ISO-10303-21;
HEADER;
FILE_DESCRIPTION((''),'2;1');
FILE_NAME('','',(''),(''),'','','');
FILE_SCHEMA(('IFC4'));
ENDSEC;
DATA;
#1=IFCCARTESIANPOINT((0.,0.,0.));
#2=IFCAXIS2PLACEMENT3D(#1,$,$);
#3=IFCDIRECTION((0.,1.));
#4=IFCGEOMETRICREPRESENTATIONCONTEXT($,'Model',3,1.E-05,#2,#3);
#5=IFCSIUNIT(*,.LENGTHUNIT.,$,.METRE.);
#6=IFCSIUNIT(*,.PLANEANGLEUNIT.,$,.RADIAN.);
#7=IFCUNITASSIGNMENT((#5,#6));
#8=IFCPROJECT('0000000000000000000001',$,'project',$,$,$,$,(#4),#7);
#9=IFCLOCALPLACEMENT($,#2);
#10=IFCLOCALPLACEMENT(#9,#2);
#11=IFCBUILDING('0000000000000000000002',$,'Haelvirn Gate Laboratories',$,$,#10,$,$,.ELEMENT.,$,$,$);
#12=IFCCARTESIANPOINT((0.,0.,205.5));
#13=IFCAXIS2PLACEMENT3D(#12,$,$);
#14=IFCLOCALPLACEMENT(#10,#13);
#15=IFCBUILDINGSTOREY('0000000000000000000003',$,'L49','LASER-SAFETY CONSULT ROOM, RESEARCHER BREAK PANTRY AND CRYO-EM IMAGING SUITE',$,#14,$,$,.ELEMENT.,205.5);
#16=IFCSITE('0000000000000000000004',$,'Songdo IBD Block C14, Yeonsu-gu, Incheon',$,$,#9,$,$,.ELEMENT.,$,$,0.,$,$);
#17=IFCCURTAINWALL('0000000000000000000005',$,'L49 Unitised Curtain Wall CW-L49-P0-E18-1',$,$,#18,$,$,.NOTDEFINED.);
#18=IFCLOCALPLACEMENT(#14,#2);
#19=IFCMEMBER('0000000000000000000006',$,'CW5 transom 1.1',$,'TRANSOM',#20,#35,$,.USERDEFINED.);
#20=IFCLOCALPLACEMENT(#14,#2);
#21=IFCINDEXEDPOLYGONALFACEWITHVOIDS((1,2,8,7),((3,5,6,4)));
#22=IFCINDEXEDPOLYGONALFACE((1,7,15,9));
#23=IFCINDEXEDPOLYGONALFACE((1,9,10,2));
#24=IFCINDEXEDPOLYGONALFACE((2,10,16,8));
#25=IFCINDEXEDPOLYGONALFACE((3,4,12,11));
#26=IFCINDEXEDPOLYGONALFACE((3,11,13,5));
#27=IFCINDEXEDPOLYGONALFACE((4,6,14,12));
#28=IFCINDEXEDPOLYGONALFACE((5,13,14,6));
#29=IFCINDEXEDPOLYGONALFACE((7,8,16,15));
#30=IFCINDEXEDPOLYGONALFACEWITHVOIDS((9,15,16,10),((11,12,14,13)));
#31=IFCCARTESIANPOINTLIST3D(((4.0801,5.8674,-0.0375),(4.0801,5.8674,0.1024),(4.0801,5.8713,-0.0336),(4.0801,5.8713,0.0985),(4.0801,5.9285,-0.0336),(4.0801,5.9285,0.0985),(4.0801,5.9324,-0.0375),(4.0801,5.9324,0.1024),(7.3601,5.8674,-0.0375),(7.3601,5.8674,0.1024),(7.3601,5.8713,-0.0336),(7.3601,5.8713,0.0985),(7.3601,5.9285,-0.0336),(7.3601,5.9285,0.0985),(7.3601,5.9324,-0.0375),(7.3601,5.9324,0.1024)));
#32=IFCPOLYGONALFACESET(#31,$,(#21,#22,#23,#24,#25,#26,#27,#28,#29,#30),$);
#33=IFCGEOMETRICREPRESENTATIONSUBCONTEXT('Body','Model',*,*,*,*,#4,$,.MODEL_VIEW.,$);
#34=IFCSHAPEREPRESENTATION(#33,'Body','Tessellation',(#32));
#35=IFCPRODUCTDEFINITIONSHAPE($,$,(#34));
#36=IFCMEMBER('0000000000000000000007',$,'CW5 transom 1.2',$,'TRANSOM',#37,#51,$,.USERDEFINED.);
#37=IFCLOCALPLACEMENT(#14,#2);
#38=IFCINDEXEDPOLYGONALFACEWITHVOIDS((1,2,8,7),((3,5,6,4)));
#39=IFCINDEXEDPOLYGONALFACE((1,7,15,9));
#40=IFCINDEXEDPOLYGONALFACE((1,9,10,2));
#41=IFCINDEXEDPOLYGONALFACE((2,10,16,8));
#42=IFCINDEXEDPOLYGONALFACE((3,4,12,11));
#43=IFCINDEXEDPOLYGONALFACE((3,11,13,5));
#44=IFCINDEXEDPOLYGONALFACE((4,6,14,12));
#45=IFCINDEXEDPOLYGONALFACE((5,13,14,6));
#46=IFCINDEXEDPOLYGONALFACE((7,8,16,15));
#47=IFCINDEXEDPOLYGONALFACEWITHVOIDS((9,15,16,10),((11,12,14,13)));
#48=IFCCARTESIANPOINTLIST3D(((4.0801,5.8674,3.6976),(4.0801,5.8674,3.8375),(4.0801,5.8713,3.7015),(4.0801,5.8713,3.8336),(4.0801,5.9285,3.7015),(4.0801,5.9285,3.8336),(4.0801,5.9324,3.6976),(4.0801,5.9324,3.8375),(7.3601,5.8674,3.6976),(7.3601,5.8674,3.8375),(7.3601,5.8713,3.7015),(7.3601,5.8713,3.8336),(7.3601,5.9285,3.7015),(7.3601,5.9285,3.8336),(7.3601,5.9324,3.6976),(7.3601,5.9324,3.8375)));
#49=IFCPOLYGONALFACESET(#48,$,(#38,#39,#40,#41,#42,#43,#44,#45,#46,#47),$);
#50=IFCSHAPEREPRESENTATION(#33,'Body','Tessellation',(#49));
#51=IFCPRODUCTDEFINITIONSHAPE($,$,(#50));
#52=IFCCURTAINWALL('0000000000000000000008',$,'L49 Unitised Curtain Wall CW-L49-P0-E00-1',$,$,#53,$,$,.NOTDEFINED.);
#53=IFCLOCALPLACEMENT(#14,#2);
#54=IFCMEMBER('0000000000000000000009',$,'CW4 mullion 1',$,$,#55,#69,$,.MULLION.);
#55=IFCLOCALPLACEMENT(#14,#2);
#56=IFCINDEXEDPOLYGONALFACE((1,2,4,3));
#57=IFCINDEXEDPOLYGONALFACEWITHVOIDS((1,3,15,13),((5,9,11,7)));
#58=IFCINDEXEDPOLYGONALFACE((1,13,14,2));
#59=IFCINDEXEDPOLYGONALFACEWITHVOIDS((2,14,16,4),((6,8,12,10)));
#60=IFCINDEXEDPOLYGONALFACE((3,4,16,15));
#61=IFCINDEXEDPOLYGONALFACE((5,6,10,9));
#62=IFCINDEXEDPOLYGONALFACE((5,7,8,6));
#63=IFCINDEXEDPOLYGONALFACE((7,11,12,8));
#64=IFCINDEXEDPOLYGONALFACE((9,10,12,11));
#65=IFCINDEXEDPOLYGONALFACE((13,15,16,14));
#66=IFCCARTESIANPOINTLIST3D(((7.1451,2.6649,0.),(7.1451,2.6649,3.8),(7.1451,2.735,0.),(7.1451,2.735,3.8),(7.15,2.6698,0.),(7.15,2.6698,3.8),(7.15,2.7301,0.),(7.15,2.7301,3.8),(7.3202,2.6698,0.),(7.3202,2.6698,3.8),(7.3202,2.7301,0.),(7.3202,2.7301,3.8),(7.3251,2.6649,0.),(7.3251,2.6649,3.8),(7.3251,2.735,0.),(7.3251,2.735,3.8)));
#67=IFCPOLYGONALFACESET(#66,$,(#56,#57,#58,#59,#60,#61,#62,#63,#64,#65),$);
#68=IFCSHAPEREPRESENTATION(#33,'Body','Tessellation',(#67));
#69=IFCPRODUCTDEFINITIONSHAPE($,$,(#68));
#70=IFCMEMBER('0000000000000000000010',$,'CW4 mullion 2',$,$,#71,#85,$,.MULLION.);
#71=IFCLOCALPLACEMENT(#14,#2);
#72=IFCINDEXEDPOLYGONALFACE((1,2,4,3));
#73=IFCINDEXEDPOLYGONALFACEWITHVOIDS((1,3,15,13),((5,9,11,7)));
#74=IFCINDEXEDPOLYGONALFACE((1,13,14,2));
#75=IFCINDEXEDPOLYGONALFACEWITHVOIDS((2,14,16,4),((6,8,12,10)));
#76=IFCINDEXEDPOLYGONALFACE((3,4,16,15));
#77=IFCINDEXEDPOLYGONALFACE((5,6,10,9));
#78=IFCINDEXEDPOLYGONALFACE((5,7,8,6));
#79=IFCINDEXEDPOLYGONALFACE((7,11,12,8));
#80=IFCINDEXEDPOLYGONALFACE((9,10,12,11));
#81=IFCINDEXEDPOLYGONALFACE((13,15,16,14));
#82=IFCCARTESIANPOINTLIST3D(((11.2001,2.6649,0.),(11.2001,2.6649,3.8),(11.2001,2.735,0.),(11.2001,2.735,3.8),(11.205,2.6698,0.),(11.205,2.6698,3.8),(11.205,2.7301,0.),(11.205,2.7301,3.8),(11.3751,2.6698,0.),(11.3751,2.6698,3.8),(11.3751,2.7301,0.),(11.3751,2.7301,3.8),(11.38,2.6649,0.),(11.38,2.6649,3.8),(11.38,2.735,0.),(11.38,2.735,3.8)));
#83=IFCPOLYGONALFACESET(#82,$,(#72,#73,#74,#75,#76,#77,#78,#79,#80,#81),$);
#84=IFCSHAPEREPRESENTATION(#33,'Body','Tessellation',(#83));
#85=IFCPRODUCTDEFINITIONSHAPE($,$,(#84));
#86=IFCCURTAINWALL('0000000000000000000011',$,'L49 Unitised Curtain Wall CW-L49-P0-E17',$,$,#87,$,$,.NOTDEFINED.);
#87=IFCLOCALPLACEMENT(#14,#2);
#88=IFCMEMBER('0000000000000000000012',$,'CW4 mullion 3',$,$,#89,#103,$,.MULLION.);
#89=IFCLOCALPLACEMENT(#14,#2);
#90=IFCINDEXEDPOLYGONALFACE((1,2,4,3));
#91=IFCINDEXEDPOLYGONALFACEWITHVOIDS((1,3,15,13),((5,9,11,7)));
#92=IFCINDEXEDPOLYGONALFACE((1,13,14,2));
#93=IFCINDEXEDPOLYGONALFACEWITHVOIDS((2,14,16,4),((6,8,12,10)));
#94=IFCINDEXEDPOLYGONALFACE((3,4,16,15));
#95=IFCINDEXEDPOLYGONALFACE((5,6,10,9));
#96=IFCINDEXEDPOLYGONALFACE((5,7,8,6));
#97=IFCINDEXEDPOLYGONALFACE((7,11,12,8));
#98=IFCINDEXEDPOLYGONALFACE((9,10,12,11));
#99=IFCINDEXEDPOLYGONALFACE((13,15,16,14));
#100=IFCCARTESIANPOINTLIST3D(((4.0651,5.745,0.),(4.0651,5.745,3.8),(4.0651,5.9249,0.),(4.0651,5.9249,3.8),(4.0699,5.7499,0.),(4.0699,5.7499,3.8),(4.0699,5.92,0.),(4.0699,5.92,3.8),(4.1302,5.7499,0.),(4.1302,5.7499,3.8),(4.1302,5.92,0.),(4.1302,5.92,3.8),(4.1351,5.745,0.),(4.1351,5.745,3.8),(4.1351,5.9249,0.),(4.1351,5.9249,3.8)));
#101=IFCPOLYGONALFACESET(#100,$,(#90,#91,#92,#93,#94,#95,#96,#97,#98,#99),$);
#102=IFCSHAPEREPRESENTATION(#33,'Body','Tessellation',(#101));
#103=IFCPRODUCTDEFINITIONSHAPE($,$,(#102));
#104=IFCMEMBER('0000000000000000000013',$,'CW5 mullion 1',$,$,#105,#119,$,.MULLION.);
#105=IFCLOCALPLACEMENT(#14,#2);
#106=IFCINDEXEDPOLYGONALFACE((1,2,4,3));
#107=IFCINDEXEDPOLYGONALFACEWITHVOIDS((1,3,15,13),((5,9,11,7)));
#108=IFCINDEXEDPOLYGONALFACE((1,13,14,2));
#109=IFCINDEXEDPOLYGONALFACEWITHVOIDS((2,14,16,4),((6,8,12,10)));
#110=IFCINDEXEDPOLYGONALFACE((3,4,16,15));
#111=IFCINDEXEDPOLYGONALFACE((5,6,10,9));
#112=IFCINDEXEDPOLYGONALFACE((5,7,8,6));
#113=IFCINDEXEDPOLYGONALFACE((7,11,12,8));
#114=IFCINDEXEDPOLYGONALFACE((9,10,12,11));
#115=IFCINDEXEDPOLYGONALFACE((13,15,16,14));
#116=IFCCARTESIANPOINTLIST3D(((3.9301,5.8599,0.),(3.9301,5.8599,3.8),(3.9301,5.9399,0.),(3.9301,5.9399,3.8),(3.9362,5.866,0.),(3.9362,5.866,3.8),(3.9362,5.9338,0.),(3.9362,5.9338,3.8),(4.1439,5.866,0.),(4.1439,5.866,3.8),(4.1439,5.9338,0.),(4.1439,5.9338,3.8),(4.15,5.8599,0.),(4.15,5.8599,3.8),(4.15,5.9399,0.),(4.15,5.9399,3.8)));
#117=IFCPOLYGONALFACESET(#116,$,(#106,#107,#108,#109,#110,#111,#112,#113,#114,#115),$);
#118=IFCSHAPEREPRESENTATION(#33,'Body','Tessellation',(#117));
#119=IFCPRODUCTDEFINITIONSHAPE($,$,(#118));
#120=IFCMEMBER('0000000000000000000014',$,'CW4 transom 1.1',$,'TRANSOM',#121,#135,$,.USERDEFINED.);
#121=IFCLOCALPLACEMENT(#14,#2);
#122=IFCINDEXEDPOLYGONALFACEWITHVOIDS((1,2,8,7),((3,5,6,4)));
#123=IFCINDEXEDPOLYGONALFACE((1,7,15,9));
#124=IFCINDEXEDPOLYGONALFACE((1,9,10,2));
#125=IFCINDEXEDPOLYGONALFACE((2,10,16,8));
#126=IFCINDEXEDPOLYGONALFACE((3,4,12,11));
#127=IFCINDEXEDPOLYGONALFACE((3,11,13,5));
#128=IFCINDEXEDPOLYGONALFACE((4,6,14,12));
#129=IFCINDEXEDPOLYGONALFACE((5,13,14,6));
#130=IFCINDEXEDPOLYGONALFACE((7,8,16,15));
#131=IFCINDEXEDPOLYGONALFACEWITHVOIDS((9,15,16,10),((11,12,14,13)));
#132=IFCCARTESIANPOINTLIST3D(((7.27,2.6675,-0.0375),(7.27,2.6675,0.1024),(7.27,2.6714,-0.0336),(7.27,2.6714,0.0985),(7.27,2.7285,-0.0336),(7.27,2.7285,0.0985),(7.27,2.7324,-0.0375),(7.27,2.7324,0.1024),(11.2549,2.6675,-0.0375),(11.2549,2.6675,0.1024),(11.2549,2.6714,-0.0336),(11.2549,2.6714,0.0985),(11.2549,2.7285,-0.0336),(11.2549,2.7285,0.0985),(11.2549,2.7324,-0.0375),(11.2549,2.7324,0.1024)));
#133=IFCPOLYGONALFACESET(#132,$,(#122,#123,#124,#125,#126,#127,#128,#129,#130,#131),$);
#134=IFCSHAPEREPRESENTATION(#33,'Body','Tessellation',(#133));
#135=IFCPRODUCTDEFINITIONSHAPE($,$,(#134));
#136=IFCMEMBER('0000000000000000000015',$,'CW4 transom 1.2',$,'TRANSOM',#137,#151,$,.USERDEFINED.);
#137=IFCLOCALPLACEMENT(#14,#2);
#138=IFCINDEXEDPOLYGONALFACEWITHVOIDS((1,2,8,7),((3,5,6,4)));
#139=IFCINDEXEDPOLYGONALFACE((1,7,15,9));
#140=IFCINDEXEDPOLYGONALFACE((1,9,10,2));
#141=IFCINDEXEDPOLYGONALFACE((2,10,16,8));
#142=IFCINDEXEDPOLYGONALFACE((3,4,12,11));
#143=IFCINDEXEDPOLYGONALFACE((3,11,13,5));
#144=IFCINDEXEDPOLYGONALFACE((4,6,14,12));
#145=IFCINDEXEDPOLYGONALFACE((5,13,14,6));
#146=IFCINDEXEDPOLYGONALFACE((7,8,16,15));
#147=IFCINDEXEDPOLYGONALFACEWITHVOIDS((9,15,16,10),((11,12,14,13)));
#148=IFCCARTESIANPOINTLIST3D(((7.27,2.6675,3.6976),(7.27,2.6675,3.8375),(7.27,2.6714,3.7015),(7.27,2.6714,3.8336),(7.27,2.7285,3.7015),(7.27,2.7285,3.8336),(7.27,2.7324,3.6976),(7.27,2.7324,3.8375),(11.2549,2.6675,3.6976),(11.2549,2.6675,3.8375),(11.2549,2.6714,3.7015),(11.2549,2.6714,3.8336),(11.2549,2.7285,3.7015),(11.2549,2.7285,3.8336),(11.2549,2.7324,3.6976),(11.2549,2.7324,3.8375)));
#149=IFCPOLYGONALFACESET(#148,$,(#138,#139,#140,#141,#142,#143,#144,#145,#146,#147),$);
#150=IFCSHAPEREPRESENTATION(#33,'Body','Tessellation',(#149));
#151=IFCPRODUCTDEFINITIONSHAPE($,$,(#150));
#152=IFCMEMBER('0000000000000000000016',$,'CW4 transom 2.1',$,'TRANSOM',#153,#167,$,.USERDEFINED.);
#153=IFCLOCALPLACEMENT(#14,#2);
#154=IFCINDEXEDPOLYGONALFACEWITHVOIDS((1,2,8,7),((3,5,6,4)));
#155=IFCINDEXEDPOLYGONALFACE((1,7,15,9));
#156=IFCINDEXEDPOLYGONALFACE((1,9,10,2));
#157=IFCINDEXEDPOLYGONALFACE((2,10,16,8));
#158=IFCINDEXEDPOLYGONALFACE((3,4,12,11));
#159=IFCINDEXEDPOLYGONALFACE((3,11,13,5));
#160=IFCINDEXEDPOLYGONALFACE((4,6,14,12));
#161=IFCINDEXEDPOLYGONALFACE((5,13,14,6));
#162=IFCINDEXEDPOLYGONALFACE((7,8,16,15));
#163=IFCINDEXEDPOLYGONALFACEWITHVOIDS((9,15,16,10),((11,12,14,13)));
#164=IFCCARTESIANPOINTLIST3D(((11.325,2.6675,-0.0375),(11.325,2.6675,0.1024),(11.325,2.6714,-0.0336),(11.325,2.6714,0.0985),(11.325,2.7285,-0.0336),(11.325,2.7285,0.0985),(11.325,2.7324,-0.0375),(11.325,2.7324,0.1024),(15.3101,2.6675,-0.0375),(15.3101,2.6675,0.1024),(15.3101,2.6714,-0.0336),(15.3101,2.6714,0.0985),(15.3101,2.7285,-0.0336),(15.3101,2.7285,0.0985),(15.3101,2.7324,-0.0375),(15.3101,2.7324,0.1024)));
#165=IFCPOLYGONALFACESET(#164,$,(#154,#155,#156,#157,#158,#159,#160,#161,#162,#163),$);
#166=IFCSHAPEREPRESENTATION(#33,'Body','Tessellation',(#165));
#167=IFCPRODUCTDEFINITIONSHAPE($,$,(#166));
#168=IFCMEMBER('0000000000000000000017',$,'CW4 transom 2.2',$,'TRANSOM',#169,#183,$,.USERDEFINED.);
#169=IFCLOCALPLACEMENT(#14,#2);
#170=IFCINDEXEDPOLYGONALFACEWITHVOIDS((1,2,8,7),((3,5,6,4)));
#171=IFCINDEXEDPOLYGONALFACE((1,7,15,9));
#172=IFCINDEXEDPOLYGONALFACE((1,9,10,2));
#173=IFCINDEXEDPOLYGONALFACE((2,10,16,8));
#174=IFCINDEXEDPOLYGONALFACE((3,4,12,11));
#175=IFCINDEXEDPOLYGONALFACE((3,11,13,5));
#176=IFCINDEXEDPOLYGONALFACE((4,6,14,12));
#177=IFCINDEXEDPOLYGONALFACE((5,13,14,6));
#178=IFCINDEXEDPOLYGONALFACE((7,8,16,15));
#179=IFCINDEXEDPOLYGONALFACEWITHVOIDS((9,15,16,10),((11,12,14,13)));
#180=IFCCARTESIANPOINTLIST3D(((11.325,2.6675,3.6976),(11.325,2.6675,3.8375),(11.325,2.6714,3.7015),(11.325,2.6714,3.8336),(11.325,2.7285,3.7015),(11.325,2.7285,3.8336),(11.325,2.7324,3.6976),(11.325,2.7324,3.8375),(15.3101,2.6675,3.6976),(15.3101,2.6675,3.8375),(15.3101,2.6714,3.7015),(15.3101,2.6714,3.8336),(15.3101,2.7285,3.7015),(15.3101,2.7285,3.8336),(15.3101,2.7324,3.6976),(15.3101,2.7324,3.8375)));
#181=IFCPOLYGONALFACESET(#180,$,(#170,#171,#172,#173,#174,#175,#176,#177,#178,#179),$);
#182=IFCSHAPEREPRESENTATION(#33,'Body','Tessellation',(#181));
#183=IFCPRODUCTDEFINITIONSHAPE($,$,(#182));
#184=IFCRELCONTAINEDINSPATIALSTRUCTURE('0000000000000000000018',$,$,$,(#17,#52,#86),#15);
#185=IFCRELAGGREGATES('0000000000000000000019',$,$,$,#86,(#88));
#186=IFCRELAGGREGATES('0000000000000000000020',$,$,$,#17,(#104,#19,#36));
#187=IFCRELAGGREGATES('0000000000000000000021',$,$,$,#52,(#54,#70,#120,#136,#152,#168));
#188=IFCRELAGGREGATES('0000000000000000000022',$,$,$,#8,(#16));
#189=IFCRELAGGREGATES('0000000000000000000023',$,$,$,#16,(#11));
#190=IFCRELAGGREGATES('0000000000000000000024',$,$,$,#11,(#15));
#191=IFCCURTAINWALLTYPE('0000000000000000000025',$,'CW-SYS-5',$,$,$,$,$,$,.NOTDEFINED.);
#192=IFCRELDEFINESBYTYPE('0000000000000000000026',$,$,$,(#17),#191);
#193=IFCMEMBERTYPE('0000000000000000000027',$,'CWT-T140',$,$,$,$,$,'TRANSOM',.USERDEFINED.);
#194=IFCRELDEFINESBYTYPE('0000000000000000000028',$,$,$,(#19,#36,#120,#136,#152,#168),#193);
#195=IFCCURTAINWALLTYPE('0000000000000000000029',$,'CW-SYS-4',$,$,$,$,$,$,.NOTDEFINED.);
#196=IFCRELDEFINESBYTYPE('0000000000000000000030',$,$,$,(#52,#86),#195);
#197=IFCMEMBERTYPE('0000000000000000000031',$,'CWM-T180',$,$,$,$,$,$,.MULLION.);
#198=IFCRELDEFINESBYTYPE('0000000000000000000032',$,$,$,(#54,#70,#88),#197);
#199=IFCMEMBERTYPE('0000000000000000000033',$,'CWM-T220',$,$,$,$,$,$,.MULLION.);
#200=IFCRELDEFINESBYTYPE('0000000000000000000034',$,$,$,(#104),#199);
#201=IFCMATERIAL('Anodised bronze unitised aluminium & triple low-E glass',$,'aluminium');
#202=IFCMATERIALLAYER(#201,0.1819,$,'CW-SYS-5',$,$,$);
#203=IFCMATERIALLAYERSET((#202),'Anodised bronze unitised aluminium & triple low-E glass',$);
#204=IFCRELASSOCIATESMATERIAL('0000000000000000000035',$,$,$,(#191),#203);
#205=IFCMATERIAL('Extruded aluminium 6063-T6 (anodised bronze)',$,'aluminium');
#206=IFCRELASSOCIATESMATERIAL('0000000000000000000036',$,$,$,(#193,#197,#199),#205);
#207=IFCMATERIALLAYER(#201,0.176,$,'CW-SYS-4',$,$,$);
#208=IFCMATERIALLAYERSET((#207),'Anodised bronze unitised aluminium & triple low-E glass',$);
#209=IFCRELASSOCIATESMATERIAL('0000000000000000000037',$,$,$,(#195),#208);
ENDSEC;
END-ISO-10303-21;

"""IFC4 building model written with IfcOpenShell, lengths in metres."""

from ifc_helpers import new_model, si_unit, direction, frame, origin, origin_2d, place, context, subcontext, project, spatial, hollow_rectangle, extrude, source, transform, mapped, material, layer, layer_set, material_profile, profile_set, type_object, type_shapes, element, aggregate, save


model = new_model("IFC4")

# Units and contexts
model_context = context("Model", 3, precision=1e-05, world=origin(), true_north=direction((0.0, 1.0)))
body_context = subcontext(model_context, "Body", "Model", "MODEL_VIEW")
ifc_project = project(units=[si_unit("LENGTHUNIT", "METRE"), si_unit("PLANEANGLEUNIT", "RADIAN")], contexts=[model_context])

# Site, building, storey
site_placement = place(None, origin())
site = spatial("IfcSite", under=ifc_project, at=site_placement, Name="Songdo IBD Block C14, Yeonsu-gu, Incheon", CompositionType="ELEMENT", RefElevation=0.0)
building_placement = place(site_placement, origin())
building = spatial("IfcBuilding", under=site, at=building_placement, Name="Haelvirn Gate Laboratories", CompositionType="ELEMENT")
storey_placement = place(building_placement, frame((0.0, 0.0, 205.5)))
storey = spatial("IfcBuildingStorey", under=building, at=storey_placement, Name="L49", Description="LASER-SAFETY CONSULT ROOM, RESEARCHER BREAK PANTRY AND CRYO-EM IMAGING SUITE", CompositionType="ELEMENT", Elevation=205.5)

# Curtain walls, members
ifc_material_1 = material(Name="Anodised bronze unitised aluminium & triple low-E glass", Category="aluminium")
ifc_layer_1 = layer(ifc_material_1, 0.1819, Name="CW-SYS-5")
ifc_layer_set_1 = layer_set([ifc_layer_1], Name="Anodised bronze unitised aluminium & triple low-E glass")
curtain_wall_type_1 = type_object("IfcCurtainWallType", Name="CW-SYS-5", PredefinedType="NOTDEFINED", material=ifc_layer_set_1)
curtain_wall_1_placement = place(storey_placement, origin())
curtain_wall_1 = element("IfcCurtainWall", 1, at=curtain_wall_1_placement, inside=storey, type_object=curtain_wall_type_1, Name="L49 Unitised Curtain Wall CW-L49-P0-E18-1", PredefinedType="NOTDEFINED")
ifc_material_2 = material(Name="Extruded aluminium 6063-T6 (anodised bronze)", Category="aluminium")
ifc_material_profile_1 = material_profile(ifc_material_2, hollow_rectangle(XDim=0.0649, YDim=0.1399, WallThickness=0.0039, at=origin_2d()), Name="CWT-140x65x4")
ifc_profile_set_1 = profile_set([ifc_material_profile_1], Name="Extruded aluminium 6063-T6 (anodised bronze)")
member_type_1 = type_object("IfcMemberType", Name="CWT-T140", ElementType="TRANSOM", PredefinedType="USERDEFINED", material=ifc_profile_set_1)
shared_shape_1 = source(origin(), body_context, "Body", "SweptSolid", [
    extrude(hollow_rectangle(XDim=0.0649, YDim=0.1399, WallThickness=0.0039, at=origin_2d()), origin(), (0.0, 0.0, 1.0), 3.28),
])
member_1_placement = place(storey_placement, frame((4.0801, 5.8999, 0.0325), z_axis=(1.0, 0.0, 0.0), x_axis=(0.0, 1.0, 0.0)))
member_1 = element("IfcMember", 2, at=member_1_placement, type_object=member_type_1, Name="CW5 transom 1.1", ObjectType="TRANSOM", PredefinedType="USERDEFINED", context=body_context, shape_type="MappedRepresentation", body=[
    mapped(shared_shape_1, transform((0.0, 0.0, 0.0), scale=1.0)),
])
member_2_placement = place(storey_placement, frame((4.0801, 5.8999, 3.7676), z_axis=(1.0, 0.0, 0.0), x_axis=(0.0, 1.0, 0.0)))
member_2 = element("IfcMember", 3, at=member_2_placement, type_object=member_type_1, Name="CW5 transom 1.2", ObjectType="TRANSOM", PredefinedType="USERDEFINED", context=body_context, shape_type="MappedRepresentation", body=[
    mapped(shared_shape_1, transform((0.0, 0.0, 0.0), scale=1.0)),
])
ifc_layer_2 = layer(ifc_material_1, 0.176, Name="CW-SYS-4")
ifc_layer_set_2 = layer_set([ifc_layer_2], Name="Anodised bronze unitised aluminium & triple low-E glass")
curtain_wall_type_2 = type_object("IfcCurtainWallType", Name="CW-SYS-4", PredefinedType="NOTDEFINED", material=ifc_layer_set_2)
curtain_wall_2_placement = place(storey_placement, origin())
curtain_wall_2 = element("IfcCurtainWall", 4, at=curtain_wall_2_placement, inside=storey, type_object=curtain_wall_type_2, Name="L49 Unitised Curtain Wall CW-L49-P0-E00-1", PredefinedType="NOTDEFINED")
ifc_material_profile_2 = material_profile(ifc_material_2, hollow_rectangle(XDim=0.0701, YDim=0.1799, WallThickness=0.0049, at=origin_2d()), Name="CWM-180x70x5")
ifc_profile_set_2 = profile_set([ifc_material_profile_2], Name="Extruded aluminium 6063-T6 (anodised bronze)")
member_type_2 = type_object("IfcMemberType", Name="CWM-T180", PredefinedType="MULLION", material=ifc_profile_set_2)
shared_shape_2 = source(origin(), body_context, "Body", "SweptSolid", [
    extrude(hollow_rectangle(XDim=0.0701, YDim=0.1799, WallThickness=0.0049, at=origin_2d()), origin(), (0.0, 0.0, 1.0), 3.8),
])
type_shapes(member_type_2, [shared_shape_2])
member_3_placement = place(storey_placement, frame((7.2351, 2.7, 0.0), z_axis=(0.0, 0.0, 1.0), x_axis=(0.0, 1.0, 0.0)))
member_3 = element("IfcMember", 5, at=member_3_placement, type_object=member_type_2, Name="CW4 mullion 1", PredefinedType="MULLION", context=body_context, shape_type="MappedRepresentation", body=[
    mapped(shared_shape_2, transform((0.0, 0.0, 0.0), scale=1.0)),
])
member_4_placement = place(storey_placement, frame((11.29, 2.7, 0.0), z_axis=(0.0, 0.0, 1.0), x_axis=(0.0, 1.0, 0.0)))
member_4 = element("IfcMember", 6, at=member_4_placement, type_object=member_type_2, Name="CW4 mullion 2", PredefinedType="MULLION", context=body_context, shape_type="MappedRepresentation", body=[
    mapped(shared_shape_2, transform((0.0, 0.0, 0.0), scale=1.0)),
])

# Curtain wall, member
curtain_wall_3_placement = place(storey_placement, origin())
curtain_wall_3 = element("IfcCurtainWall", 7, at=curtain_wall_3_placement, inside=storey, type_object=curtain_wall_type_2, Name="L49 Unitised Curtain Wall CW-L49-P0-E17", PredefinedType="NOTDEFINED")
member_5_placement = place(storey_placement, frame((4.1001, 5.835, 0.0), z_axis=(0.0, 0.0, 1.0), x_axis=(1.0, 0.0, 0.0)))
member_5 = element("IfcMember", 8, at=member_5_placement, type_object=member_type_2, Name="CW4 mullion 3", PredefinedType="MULLION", context=body_context, shape_type="MappedRepresentation", body=[
    mapped(shared_shape_2, transform((0.0, 0.0, 0.0), scale=1.0)),
])
aggregate(curtain_wall_3, [member_5])

# Members
ifc_material_profile_3 = material_profile(ifc_material_2, hollow_rectangle(XDim=0.0801, YDim=0.22, WallThickness=0.0061, at=origin_2d()), Name="CWM-220x80x6")
ifc_profile_set_3 = profile_set([ifc_material_profile_3], Name="Extruded aluminium 6063-T6 (anodised bronze)")
member_type_3 = type_object("IfcMemberType", Name="CWM-T220", PredefinedType="MULLION", material=ifc_profile_set_3)
shared_shape_3 = source(origin(), body_context, "Body", "SweptSolid", [
    extrude(hollow_rectangle(XDim=0.0801, YDim=0.22, WallThickness=0.0061, at=origin_2d()), origin(), (0.0, 0.0, 1.0), 3.8),
])
type_shapes(member_type_3, [shared_shape_3])
member_6_placement = place(storey_placement, frame((4.04, 5.8999, 0.0), z_axis=(0.0, 0.0, 1.0), x_axis=(0.0, 1.0, 0.0)))
member_6 = element("IfcMember", 9, at=member_6_placement, type_object=member_type_3, Name="CW5 mullion 1", PredefinedType="MULLION", context=body_context, shape_type="MappedRepresentation", body=[
    mapped(shared_shape_3, transform((0.0, 0.0, 0.0), scale=1.0)),
])
aggregate(curtain_wall_1, [member_6, member_1, member_2])
shared_shape_4 = source(origin(), body_context, "Body", "SweptSolid", [
    extrude(hollow_rectangle(XDim=0.0649, YDim=0.1399, WallThickness=0.0039, at=origin_2d()), origin(), (0.0, 0.0, 1.0), 3.9849),
])
member_7_placement = place(storey_placement, frame((7.27, 2.7, 0.0325), z_axis=(1.0, 0.0, 0.0), x_axis=(0.0, 1.0, 0.0)))
member_7 = element("IfcMember", 10, at=member_7_placement, type_object=member_type_1, Name="CW4 transom 1.1", ObjectType="TRANSOM", PredefinedType="USERDEFINED", context=body_context, shape_type="MappedRepresentation", body=[
    mapped(shared_shape_4, transform((0.0, 0.0, 0.0), scale=1.0)),
])
member_8_placement = place(storey_placement, frame((7.27, 2.7, 3.7676), z_axis=(1.0, 0.0, 0.0), x_axis=(0.0, 1.0, 0.0)))
member_8 = element("IfcMember", 11, at=member_8_placement, type_object=member_type_1, Name="CW4 transom 1.2", ObjectType="TRANSOM", PredefinedType="USERDEFINED", context=body_context, shape_type="MappedRepresentation", body=[
    mapped(shared_shape_4, transform((0.0, 0.0, 0.0), scale=1.0)),
])
shared_shape_5 = source(origin(), body_context, "Body", "SweptSolid", [
    extrude(hollow_rectangle(XDim=0.0649, YDim=0.1399, WallThickness=0.0039, at=origin_2d()), origin(), (0.0, 0.0, 1.0), 3.9851),
])
type_shapes(member_type_1, [shared_shape_1, shared_shape_4, shared_shape_5])
member_9_placement = place(storey_placement, frame((11.325, 2.7, 0.0325), z_axis=(1.0, 0.0, 0.0), x_axis=(0.0, 1.0, 0.0)))
member_9 = element("IfcMember", 12, at=member_9_placement, type_object=member_type_1, Name="CW4 transom 2.1", ObjectType="TRANSOM", PredefinedType="USERDEFINED", context=body_context, shape_type="MappedRepresentation", body=[
    mapped(shared_shape_5, transform((0.0, 0.0, 0.0), scale=1.0)),
])
member_10_placement = place(storey_placement, frame((11.325, 2.7, 3.7676), z_axis=(1.0, 0.0, 0.0), x_axis=(0.0, 1.0, 0.0)))
member_10 = element("IfcMember", 13, at=member_10_placement, type_object=member_type_1, Name="CW4 transom 2.2", ObjectType="TRANSOM", PredefinedType="USERDEFINED", context=body_context, shape_type="MappedRepresentation", body=[
    mapped(shared_shape_5, transform((0.0, 0.0, 0.0), scale=1.0)),
])

aggregate(curtain_wall_2, [member_3, member_4, member_7, member_8, member_9, member_10])

save(model, "model.ifc")
